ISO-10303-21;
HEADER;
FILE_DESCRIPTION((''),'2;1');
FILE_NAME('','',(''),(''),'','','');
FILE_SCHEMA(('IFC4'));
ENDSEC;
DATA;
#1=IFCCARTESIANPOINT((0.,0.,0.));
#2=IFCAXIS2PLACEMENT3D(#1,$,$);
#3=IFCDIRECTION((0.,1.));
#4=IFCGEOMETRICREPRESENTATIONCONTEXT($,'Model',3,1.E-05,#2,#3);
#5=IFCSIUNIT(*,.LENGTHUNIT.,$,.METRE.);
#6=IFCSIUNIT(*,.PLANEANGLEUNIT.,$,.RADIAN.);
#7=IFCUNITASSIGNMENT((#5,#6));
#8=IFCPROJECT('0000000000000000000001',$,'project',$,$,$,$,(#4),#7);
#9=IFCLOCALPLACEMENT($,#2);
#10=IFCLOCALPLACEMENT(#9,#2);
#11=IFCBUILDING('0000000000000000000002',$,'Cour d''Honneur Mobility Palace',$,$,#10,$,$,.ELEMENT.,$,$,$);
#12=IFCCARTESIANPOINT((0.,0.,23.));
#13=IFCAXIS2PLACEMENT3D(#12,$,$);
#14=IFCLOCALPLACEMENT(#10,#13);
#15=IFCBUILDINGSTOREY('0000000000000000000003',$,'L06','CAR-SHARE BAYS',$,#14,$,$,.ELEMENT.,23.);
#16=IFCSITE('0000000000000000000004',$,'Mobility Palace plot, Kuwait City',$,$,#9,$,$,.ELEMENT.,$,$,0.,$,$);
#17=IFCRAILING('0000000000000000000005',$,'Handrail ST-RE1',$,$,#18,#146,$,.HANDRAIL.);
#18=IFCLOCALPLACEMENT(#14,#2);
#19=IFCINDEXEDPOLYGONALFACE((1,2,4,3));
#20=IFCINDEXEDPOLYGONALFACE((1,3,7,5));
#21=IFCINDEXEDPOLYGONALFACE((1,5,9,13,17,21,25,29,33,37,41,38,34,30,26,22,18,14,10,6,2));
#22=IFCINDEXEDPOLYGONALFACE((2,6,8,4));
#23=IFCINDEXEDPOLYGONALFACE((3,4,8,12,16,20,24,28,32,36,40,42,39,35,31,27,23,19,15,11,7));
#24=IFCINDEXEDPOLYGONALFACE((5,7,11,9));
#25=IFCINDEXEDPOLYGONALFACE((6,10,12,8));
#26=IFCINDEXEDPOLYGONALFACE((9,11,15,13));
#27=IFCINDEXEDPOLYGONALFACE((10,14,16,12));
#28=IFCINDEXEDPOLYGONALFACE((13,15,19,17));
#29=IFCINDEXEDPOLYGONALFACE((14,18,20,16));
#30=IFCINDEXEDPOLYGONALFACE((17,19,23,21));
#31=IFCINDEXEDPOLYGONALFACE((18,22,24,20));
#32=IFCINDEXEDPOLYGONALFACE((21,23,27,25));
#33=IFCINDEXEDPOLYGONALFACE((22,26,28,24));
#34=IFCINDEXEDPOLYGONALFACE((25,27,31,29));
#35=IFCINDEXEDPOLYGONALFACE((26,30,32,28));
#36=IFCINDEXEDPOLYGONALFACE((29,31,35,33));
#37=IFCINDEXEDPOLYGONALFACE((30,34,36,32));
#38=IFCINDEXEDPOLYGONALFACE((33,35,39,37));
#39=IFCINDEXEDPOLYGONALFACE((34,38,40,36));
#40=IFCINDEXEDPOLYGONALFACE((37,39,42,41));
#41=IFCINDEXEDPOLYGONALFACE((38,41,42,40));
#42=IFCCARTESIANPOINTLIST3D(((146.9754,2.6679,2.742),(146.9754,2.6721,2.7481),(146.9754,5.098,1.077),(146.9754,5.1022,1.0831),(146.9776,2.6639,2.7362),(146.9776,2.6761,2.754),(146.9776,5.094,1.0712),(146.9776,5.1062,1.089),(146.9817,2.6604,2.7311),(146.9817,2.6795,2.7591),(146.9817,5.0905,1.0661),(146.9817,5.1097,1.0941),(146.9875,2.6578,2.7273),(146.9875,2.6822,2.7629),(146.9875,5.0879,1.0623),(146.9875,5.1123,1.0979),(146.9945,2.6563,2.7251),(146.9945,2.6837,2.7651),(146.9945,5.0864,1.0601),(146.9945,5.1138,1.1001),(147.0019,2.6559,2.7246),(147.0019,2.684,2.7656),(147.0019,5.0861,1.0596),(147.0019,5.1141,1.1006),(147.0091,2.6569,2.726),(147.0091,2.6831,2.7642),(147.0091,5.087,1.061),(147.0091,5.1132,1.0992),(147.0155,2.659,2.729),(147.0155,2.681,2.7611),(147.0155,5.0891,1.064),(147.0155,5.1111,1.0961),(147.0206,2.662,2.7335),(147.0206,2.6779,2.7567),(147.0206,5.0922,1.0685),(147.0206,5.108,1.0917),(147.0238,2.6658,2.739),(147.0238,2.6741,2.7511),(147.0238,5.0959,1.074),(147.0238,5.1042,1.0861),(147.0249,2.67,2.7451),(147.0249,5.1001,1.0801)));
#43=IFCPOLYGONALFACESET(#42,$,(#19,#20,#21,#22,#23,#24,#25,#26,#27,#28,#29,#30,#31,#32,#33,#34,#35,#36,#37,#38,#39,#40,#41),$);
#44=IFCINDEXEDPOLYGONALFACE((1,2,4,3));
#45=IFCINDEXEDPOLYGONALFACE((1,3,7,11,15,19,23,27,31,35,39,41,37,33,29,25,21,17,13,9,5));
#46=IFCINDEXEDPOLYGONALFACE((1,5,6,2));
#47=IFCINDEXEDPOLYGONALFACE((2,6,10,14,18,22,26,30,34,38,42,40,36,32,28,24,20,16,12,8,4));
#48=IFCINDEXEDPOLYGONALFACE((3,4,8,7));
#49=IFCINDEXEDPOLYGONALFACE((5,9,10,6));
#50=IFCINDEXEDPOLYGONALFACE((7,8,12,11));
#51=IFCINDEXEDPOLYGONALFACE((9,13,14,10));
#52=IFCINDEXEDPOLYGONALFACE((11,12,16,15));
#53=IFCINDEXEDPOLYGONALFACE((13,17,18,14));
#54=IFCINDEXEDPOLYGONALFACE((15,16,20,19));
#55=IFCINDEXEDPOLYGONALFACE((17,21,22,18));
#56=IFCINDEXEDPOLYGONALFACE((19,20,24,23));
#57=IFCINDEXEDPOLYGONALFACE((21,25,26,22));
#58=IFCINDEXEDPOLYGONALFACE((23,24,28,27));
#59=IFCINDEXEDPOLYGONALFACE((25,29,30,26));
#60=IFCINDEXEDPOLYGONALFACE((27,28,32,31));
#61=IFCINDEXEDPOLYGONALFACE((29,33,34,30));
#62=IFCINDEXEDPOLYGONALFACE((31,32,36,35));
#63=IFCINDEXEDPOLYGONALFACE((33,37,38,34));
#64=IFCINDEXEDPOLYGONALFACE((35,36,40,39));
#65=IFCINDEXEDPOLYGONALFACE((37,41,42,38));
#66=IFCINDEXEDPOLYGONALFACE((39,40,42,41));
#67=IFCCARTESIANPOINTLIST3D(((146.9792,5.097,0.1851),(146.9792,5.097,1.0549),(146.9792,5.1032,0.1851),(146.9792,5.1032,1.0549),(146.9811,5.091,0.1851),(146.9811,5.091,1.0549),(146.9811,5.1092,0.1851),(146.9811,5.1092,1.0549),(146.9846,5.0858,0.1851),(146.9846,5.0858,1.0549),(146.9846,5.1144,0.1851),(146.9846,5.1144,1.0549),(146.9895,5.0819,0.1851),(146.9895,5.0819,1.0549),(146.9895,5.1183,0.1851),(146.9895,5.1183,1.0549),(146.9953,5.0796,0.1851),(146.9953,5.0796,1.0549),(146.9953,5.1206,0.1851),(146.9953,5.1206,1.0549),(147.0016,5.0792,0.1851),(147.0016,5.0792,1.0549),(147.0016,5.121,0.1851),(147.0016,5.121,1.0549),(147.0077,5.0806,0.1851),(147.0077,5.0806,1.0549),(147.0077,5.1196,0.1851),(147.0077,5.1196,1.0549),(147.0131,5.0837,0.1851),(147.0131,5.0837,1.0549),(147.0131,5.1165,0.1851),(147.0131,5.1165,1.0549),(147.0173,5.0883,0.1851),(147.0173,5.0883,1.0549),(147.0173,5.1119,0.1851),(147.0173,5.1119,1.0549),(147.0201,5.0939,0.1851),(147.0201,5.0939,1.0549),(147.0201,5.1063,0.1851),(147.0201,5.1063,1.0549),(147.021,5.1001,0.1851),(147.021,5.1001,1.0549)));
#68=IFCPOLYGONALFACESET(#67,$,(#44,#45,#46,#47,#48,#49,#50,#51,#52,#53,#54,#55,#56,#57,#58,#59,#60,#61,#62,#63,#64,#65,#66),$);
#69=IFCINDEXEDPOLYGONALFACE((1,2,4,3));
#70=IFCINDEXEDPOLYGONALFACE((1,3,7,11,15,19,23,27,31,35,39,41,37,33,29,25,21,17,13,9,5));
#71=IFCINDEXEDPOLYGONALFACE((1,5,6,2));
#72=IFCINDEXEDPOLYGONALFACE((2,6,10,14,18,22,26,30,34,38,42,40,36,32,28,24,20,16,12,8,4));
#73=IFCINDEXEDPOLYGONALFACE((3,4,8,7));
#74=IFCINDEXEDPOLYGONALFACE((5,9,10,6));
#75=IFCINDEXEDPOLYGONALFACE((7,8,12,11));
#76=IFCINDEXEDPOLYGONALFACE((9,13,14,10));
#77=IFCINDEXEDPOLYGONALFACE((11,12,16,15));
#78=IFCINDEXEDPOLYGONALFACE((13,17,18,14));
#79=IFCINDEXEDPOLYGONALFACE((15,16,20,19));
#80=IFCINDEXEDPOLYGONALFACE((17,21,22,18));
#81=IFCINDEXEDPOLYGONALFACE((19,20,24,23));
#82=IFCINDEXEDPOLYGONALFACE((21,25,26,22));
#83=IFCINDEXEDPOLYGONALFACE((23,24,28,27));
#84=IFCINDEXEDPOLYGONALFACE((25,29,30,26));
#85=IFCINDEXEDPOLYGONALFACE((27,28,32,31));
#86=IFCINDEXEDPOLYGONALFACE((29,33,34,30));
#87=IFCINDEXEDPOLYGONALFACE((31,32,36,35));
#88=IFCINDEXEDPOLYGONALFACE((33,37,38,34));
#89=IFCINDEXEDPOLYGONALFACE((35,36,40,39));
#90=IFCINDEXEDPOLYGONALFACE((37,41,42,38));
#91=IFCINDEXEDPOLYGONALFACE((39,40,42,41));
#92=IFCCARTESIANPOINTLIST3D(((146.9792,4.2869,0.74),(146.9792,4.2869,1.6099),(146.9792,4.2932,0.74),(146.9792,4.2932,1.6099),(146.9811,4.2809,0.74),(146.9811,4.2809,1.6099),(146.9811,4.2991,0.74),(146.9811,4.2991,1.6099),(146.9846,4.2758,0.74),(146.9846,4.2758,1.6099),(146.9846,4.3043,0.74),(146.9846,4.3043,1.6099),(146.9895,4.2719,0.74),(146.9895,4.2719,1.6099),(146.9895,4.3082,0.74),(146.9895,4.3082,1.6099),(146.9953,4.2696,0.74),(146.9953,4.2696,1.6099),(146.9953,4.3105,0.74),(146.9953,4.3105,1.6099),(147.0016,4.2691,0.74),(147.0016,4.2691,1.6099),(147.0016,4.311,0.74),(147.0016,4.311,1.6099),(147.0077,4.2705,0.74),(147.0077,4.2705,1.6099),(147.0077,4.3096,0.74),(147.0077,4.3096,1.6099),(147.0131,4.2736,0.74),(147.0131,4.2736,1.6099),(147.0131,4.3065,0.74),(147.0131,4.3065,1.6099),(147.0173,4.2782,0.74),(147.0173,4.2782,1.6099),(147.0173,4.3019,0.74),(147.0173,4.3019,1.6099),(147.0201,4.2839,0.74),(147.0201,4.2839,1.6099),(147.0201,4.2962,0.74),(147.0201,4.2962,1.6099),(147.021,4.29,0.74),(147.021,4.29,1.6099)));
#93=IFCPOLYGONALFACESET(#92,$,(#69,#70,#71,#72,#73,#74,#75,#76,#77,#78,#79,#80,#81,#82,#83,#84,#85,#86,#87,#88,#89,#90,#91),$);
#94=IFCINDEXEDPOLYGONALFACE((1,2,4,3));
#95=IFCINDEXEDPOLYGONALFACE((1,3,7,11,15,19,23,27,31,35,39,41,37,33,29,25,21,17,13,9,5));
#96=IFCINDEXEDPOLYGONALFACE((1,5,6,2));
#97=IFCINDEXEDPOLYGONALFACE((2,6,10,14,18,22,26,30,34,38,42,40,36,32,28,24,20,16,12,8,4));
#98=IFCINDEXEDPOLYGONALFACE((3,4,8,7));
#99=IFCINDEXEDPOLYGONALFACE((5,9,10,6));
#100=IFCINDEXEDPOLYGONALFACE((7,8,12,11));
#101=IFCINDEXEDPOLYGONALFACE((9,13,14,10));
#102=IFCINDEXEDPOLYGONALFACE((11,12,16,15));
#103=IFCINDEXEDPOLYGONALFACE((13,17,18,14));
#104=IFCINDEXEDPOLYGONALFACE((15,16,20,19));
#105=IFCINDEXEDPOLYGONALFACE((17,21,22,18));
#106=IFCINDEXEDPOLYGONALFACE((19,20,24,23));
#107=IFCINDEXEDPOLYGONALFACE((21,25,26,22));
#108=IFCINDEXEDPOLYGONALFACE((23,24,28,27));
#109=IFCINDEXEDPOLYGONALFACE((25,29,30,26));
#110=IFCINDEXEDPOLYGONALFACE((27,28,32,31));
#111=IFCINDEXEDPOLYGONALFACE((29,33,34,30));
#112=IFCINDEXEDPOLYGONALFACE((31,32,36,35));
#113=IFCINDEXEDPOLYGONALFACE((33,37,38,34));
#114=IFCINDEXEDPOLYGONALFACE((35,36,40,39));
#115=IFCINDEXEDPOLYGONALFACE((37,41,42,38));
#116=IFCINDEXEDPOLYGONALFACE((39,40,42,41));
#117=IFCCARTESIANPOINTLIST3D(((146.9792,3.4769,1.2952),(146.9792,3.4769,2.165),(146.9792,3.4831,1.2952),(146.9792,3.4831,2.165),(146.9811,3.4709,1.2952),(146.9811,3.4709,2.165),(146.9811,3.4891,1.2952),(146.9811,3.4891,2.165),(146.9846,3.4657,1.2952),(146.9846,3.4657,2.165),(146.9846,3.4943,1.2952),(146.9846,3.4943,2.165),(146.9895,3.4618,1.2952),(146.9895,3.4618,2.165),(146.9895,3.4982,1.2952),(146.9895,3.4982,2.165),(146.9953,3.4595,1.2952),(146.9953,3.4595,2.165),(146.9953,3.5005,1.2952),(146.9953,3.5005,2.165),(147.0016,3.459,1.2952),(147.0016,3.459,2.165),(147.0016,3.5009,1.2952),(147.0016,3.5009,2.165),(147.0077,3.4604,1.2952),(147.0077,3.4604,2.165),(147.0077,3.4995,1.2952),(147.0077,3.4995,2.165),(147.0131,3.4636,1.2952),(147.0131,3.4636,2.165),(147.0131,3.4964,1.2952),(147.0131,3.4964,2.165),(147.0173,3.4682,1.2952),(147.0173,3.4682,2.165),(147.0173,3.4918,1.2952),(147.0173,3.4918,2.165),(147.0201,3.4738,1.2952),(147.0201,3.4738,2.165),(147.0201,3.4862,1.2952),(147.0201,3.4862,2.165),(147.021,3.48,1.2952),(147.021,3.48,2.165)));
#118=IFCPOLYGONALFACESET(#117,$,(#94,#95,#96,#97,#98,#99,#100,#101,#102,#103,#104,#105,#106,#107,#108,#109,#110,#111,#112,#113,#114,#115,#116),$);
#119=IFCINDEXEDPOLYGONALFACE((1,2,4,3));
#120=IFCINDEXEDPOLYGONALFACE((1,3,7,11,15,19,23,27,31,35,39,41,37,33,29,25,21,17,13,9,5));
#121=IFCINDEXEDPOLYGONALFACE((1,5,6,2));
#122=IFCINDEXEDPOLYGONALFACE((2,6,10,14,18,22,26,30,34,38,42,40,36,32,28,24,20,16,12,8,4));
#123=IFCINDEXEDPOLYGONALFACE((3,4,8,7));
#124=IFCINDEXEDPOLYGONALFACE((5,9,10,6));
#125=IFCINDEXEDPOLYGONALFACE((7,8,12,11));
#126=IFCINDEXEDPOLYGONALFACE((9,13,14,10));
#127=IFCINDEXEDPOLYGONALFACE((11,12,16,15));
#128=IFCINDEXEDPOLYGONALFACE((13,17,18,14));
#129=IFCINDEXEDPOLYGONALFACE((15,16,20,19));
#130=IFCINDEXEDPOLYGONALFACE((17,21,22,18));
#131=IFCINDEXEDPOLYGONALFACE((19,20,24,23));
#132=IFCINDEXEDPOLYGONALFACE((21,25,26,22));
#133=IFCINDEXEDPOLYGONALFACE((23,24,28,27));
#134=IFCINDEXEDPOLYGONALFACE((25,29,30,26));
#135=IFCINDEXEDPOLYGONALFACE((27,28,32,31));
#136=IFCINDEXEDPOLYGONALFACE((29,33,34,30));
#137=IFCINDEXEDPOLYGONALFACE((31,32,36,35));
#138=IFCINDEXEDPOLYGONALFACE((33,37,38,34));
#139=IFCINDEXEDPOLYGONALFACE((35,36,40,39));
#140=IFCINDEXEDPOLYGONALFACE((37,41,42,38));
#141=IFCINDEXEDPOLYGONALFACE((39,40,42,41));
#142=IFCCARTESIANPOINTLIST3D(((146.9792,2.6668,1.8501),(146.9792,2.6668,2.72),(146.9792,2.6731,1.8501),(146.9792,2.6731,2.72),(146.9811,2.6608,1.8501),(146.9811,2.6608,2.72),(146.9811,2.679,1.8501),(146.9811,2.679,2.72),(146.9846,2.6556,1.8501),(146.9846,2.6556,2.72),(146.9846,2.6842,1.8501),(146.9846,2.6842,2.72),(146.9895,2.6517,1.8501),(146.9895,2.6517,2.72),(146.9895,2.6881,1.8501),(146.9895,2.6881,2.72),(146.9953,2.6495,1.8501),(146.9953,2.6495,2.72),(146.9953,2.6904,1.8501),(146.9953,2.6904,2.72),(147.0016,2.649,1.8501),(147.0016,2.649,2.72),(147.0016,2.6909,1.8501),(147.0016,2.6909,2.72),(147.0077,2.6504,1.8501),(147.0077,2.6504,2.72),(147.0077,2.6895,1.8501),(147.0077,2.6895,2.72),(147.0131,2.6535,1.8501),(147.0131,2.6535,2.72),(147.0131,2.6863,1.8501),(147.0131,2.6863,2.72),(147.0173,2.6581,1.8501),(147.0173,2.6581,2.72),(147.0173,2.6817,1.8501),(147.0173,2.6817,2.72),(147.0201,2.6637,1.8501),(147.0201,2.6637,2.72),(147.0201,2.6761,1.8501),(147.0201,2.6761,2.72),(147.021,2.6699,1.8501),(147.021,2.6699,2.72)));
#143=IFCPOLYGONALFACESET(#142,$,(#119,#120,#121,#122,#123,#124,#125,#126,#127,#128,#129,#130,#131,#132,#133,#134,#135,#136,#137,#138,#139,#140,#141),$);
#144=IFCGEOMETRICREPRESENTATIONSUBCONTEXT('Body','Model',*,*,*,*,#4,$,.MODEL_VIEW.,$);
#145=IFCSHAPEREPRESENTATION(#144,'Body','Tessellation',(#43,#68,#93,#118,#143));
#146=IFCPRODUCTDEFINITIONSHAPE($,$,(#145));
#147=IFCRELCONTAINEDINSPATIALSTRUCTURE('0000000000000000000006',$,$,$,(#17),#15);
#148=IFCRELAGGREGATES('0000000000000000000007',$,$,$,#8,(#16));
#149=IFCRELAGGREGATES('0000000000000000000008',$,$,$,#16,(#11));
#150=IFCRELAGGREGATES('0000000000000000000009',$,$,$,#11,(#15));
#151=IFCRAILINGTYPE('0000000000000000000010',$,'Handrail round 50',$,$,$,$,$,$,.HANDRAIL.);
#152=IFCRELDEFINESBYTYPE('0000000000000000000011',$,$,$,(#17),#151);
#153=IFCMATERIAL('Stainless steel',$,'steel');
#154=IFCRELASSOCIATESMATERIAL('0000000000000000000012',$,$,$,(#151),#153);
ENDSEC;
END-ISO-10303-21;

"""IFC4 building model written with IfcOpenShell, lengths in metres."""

from ifc_helpers import new_model, si_unit, direction, frame, origin, origin_2d, place, context, subcontext, project, spatial, circle, extrude, material, type_object, element, save


model = new_model("IFC4")

# Units and contexts
model_context = context("Model", 3, precision=1e-05, world=origin(), true_north=direction((0.0, 1.0)))
body_context = subcontext(model_context, "Body", "Model", "MODEL_VIEW")
ifc_project = project(units=[si_unit("LENGTHUNIT", "METRE"), si_unit("PLANEANGLEUNIT", "RADIAN")], contexts=[model_context])

# Site, building, storey
site_placement = place(None, origin())
site = spatial("IfcSite", under=ifc_project, at=site_placement, Name="Mobility Palace plot, Kuwait City", CompositionType="ELEMENT", RefElevation=0.0)
building_placement = place(site_placement, origin())
building = spatial("IfcBuilding", under=site, at=building_placement, Name="Cour d'Honneur Mobility Palace", CompositionType="ELEMENT")
storey_placement = place(building_placement, frame((0.0, 0.0, 23.0)))
storey = spatial("IfcBuildingStorey", under=building, at=storey_placement, Name="L06", Description="CAR-SHARE BAYS", CompositionType="ELEMENT", Elevation=23.0)

# Railing
ifc_material_1 = material(Name="Stainless steel", Category="steel")
railing_type_1 = type_object("IfcRailingType", Name="Handrail round 50", PredefinedType="HANDRAIL", material=ifc_material_1)
for number, where, name in (
    (1, (147.0, 5.1001, 0.1851), "Handrail ST-RE1"),
):
    element("IfcRailing", number, at=place(storey_placement, frame(where)), inside=storey, type_object=railing_type_1, Name=name, PredefinedType="HANDRAIL", context=body_context, shape_type="SweptSolid", body=[
        extrude(circle(Radius=0.0249, at=origin_2d()), frame((0.0, 0.0, 0.895), z_axis=(0.0, -0.824945, 0.565213), x_axis=(1.0, 0.0, 0.0)), (0.0, 0.0, 1.0), 2.9458),
        extrude(circle(Radius=0.021, at=origin_2d()), origin(), (0.0, 0.0, 1.0), 0.8699),
        extrude(circle(Radius=0.021, at=origin_2d()), frame((0.0, -0.8101, 0.5549)), (0.0, 0.0, 1.0), 0.8699),
        extrude(circle(Radius=0.021, at=origin_2d()), frame((0.0, -1.6201, 1.1101)), (0.0, 0.0, 1.0), 0.8699),
        extrude(circle(Radius=0.021, at=origin_2d()), frame((0.0, -2.4302, 1.665)), (0.0, 0.0, 1.0), 0.8699),
    ])

save(model, "model.ifc")
